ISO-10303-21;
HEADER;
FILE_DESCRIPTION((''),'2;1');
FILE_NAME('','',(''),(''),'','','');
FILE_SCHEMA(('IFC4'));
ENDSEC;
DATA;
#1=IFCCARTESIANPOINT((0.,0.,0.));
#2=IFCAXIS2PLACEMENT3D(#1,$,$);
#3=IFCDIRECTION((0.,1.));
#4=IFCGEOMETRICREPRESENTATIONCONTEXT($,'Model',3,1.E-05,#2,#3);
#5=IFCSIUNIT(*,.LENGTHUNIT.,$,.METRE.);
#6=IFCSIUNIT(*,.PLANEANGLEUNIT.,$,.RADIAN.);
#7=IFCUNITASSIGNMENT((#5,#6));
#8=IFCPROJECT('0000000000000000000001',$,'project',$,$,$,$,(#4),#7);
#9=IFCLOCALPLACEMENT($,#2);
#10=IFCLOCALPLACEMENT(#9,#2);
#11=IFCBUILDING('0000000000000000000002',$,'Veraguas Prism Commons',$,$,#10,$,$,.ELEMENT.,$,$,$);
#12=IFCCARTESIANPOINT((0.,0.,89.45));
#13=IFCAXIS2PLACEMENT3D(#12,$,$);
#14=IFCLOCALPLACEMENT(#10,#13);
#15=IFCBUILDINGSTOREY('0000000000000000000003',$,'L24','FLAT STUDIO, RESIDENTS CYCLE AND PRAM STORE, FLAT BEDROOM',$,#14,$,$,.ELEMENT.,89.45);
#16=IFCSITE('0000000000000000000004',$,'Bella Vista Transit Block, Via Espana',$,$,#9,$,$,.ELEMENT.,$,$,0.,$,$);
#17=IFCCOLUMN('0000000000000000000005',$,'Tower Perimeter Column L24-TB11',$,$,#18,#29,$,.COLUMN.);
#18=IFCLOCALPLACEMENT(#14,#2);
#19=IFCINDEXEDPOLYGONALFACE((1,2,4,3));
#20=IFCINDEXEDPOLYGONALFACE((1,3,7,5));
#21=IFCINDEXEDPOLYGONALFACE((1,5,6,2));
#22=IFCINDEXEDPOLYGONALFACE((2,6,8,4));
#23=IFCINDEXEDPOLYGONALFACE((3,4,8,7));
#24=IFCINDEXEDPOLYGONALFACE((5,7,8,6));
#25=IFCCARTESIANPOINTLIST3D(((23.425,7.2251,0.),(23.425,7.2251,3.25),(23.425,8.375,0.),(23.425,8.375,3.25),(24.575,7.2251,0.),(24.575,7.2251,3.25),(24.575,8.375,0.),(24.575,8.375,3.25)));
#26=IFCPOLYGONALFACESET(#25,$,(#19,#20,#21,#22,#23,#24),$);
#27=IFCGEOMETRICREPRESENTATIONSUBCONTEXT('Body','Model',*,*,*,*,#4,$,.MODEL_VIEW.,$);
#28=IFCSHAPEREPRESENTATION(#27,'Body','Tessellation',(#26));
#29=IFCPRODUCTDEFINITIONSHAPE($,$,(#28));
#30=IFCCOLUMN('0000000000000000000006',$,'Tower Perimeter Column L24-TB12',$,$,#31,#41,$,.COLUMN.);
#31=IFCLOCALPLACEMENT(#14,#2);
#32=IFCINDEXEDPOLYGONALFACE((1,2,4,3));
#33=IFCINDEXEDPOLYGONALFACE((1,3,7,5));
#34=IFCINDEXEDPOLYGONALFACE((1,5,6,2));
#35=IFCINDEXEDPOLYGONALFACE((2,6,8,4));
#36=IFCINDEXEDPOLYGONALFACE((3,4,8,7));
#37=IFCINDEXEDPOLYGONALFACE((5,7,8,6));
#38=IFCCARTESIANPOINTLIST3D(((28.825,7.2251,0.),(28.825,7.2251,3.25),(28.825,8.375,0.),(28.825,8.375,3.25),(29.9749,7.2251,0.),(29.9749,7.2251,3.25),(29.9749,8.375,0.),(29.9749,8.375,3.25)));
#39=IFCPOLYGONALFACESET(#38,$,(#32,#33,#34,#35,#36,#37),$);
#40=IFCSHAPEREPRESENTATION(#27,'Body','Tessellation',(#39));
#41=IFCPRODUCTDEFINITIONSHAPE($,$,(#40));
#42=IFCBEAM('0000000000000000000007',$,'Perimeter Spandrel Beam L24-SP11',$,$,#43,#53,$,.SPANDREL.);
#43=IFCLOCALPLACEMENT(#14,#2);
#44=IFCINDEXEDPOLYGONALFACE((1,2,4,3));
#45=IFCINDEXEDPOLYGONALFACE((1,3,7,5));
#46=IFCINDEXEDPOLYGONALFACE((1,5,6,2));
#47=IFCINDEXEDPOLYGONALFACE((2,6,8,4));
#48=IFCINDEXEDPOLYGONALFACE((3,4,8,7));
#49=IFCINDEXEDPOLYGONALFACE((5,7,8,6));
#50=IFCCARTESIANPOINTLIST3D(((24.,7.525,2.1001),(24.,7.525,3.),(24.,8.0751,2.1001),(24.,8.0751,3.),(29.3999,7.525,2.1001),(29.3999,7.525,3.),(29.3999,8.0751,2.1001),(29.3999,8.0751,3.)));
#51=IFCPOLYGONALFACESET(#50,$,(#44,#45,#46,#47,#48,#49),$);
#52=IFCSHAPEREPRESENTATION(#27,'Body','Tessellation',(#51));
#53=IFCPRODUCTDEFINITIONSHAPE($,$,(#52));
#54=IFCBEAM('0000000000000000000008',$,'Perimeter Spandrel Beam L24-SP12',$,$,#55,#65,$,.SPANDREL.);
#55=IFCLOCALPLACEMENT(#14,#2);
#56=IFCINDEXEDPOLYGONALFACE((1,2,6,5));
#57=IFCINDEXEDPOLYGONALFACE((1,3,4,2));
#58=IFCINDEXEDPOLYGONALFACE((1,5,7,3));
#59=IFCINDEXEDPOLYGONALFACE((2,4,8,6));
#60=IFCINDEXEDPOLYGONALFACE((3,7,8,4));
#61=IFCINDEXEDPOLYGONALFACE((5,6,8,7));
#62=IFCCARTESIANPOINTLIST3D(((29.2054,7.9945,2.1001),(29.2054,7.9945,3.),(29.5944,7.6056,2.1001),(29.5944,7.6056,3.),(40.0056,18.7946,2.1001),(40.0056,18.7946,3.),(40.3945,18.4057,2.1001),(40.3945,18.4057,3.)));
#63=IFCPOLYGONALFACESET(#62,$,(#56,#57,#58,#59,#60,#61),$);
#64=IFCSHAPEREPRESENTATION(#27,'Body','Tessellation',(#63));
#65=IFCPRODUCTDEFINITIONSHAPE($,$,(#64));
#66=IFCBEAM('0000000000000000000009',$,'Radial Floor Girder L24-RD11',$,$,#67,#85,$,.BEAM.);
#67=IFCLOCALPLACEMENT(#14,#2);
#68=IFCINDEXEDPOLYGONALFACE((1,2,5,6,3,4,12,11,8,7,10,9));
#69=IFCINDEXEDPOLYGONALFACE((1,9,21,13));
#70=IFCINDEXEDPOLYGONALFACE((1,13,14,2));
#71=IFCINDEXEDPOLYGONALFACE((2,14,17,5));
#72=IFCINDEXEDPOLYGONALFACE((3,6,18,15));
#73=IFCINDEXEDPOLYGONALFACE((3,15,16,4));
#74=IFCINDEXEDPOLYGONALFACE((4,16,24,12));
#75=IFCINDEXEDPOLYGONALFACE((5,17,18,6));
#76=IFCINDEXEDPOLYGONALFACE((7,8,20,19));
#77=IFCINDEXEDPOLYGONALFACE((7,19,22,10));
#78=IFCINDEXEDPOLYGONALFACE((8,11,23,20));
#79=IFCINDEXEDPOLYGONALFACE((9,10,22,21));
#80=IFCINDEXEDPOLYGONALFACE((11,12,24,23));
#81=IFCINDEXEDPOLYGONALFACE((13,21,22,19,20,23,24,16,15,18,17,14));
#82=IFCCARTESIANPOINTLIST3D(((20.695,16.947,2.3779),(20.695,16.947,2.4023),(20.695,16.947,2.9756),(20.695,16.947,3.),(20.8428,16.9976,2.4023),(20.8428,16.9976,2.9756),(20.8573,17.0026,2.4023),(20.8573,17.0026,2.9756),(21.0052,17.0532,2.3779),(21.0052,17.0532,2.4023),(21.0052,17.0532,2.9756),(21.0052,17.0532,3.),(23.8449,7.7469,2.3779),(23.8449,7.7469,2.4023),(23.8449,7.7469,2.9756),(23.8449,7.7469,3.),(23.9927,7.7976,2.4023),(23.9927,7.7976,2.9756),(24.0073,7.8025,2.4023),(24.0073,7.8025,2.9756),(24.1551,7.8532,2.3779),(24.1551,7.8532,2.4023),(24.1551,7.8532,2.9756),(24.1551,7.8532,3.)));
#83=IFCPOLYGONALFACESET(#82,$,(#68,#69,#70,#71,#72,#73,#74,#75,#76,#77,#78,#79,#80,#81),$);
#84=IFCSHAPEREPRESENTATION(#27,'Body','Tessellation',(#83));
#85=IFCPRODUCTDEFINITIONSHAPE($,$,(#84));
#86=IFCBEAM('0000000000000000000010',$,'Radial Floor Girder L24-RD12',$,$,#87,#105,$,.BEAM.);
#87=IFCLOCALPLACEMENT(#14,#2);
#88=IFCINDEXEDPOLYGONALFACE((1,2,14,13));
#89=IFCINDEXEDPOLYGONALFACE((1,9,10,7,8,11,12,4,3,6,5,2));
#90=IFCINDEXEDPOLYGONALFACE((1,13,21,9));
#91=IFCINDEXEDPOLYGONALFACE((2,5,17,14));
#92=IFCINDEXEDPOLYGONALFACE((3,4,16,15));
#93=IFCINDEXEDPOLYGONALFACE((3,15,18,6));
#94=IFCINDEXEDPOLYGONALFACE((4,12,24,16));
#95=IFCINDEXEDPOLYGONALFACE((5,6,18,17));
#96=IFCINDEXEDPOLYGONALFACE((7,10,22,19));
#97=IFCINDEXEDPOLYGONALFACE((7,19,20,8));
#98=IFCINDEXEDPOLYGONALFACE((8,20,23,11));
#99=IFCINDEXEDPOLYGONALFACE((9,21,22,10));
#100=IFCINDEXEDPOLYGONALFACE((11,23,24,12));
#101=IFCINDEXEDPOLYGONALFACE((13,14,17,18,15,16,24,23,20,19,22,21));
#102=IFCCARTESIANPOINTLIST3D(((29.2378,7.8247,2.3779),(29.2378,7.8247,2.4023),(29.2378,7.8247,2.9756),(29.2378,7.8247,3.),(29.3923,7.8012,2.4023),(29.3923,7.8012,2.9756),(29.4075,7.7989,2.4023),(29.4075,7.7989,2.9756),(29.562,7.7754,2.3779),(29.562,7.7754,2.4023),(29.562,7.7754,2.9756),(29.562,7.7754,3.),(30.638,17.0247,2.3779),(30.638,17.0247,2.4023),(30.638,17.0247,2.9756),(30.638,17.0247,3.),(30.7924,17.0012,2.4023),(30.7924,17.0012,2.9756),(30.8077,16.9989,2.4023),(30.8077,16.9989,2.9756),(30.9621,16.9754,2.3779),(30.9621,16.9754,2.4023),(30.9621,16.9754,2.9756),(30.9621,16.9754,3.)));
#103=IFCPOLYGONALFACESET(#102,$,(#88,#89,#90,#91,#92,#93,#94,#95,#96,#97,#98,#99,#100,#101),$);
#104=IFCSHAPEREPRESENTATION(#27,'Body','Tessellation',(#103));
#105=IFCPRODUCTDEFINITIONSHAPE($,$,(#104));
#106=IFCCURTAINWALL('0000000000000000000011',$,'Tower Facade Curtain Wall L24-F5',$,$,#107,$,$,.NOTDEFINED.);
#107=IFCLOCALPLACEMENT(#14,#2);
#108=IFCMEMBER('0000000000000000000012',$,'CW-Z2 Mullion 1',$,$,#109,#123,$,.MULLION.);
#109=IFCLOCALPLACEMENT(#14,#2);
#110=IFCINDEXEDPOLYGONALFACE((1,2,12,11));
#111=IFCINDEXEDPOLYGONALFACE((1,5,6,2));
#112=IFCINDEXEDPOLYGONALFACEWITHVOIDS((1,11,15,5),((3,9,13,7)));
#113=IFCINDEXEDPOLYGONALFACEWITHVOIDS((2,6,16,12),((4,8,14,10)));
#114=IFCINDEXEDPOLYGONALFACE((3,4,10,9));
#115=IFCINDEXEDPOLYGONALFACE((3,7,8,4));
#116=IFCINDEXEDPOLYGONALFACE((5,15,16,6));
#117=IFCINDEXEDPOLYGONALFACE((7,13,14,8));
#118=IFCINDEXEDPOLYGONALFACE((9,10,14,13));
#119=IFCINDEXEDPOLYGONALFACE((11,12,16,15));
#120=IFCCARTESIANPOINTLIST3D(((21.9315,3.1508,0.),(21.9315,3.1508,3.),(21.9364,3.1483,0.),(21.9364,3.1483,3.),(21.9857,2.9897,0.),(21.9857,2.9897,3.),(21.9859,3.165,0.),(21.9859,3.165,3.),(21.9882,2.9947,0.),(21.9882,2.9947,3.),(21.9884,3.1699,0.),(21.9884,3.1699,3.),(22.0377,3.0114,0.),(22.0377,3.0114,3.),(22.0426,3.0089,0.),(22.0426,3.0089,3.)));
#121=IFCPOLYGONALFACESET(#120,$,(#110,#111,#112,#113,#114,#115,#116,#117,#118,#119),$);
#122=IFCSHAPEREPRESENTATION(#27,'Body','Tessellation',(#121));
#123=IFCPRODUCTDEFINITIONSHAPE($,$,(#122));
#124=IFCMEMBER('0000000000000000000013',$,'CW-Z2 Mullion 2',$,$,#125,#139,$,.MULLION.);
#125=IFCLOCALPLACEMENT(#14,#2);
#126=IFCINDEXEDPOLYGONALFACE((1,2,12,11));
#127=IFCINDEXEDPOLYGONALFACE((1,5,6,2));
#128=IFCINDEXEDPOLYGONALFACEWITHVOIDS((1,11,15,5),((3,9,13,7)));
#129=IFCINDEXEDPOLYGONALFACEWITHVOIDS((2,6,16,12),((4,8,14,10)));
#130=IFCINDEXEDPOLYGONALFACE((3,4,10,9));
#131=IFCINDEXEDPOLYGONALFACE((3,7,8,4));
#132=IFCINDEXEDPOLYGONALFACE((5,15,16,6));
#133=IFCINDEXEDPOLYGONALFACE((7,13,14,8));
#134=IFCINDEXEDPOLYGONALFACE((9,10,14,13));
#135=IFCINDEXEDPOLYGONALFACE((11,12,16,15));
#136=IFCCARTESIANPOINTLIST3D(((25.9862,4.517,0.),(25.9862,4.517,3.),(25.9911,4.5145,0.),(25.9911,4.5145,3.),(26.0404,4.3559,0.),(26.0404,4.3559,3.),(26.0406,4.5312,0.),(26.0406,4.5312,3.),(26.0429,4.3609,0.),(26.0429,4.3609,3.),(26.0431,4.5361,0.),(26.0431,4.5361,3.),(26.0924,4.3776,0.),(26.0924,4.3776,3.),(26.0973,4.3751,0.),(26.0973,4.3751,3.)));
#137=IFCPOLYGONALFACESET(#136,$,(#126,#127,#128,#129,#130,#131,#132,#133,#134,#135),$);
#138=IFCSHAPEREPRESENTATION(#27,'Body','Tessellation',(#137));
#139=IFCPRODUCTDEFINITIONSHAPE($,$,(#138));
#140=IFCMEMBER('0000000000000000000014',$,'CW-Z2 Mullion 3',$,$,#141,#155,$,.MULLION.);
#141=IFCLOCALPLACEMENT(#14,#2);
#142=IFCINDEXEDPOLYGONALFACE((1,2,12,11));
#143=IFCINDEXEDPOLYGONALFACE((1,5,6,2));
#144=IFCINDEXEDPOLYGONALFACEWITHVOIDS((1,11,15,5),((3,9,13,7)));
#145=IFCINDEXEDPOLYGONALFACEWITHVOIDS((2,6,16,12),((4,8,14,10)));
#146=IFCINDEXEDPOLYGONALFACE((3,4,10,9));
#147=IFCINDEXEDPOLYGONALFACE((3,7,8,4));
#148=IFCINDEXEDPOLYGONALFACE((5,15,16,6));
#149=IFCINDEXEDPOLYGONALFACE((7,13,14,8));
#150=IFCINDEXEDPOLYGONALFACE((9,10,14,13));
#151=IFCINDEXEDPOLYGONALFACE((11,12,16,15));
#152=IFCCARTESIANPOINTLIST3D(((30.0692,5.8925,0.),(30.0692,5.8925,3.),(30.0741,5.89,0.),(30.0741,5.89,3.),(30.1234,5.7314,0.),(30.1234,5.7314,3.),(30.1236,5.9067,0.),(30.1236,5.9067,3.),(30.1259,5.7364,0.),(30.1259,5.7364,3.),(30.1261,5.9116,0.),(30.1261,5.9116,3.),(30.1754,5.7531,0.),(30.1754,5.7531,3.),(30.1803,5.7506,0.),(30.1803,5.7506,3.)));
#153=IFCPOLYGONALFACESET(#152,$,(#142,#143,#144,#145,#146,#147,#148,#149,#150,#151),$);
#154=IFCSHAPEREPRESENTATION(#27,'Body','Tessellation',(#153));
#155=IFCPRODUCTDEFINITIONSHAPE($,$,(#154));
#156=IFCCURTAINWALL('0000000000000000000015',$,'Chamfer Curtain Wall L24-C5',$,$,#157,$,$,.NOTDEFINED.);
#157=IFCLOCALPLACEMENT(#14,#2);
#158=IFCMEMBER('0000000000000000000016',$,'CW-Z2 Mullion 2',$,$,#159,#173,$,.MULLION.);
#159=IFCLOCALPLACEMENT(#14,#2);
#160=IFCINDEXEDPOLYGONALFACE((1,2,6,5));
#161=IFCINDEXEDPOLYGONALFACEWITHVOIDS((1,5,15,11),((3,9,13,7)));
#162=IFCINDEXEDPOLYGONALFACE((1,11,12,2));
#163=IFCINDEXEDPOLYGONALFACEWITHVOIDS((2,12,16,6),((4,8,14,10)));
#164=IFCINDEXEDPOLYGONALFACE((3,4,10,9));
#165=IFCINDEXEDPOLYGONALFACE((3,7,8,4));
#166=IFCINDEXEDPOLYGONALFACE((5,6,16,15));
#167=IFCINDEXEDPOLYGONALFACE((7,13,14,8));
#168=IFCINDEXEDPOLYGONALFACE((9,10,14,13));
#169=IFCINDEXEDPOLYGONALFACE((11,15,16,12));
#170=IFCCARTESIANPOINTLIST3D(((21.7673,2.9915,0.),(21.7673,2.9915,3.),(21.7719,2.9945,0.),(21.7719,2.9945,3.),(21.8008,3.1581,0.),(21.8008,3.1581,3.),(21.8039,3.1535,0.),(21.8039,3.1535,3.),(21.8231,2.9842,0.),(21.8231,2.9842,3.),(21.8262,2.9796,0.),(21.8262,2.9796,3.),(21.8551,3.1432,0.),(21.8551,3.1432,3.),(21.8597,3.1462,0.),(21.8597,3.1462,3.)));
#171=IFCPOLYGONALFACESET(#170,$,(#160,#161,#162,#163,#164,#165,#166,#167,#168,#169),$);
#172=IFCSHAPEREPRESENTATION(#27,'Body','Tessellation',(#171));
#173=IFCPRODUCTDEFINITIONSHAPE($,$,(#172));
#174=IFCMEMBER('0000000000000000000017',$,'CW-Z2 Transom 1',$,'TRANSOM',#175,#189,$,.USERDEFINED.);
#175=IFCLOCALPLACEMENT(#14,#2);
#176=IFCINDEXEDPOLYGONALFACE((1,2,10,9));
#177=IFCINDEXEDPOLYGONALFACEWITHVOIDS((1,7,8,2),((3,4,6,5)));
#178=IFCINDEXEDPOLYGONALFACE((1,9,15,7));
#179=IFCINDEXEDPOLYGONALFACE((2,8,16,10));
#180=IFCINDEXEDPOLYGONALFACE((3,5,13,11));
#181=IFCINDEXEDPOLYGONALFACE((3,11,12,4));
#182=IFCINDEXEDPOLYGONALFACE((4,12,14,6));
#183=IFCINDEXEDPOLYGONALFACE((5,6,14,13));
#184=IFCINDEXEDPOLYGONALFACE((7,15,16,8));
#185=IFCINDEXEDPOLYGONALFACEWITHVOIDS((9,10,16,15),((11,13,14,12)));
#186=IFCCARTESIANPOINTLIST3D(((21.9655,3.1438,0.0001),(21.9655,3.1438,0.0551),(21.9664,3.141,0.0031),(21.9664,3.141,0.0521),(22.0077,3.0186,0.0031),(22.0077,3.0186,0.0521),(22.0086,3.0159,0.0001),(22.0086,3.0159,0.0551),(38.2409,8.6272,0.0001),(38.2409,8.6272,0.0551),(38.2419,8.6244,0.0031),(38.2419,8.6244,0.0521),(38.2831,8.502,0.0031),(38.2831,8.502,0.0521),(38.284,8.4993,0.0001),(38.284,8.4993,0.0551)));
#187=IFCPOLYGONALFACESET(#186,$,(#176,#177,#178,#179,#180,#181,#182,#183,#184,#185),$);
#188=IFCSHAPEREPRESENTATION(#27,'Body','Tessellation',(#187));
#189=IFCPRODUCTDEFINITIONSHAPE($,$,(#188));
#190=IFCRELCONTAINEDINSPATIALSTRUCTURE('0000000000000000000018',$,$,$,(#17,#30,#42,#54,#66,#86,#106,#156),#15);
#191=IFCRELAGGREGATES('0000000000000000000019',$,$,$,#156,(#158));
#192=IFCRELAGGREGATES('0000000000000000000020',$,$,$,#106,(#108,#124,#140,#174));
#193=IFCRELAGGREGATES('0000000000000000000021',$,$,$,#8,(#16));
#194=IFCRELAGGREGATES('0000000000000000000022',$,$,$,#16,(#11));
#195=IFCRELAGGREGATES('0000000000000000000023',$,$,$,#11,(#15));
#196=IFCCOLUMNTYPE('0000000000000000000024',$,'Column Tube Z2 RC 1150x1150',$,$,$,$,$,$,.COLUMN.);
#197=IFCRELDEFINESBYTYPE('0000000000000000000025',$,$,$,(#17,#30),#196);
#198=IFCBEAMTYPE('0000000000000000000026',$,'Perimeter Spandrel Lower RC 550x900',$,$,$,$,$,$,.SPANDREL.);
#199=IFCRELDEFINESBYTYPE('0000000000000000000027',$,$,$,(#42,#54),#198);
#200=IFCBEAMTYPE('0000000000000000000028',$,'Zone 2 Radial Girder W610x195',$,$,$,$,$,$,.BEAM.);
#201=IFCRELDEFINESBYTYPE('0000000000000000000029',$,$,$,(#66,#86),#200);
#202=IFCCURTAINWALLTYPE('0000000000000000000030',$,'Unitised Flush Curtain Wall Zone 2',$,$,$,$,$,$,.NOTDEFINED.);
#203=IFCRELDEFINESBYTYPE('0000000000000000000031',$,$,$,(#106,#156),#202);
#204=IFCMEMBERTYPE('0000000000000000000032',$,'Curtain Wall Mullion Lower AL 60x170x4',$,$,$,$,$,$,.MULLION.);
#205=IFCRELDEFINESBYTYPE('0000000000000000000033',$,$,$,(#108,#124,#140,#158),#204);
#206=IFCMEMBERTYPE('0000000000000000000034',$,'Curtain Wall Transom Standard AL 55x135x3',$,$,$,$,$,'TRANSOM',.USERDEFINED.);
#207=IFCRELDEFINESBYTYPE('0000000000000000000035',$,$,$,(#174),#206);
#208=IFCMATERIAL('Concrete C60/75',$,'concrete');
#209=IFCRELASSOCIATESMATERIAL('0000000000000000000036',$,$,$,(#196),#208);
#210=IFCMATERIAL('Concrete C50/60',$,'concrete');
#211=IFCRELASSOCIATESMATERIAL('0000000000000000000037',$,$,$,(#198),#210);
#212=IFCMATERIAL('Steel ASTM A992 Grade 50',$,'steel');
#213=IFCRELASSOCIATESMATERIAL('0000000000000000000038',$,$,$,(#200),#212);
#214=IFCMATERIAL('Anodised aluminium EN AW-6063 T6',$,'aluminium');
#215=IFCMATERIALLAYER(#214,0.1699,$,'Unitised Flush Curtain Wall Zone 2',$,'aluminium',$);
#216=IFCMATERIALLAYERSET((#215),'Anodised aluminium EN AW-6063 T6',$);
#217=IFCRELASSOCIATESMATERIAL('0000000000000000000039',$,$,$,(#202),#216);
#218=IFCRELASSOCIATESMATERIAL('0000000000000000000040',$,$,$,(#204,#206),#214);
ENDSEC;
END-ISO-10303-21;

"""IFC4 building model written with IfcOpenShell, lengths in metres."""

from ifc_helpers import new_model, si_unit, direction, frame, origin, origin_2d, place, context, subcontext, project, spatial, rectangle, hollow_rectangle, i_section, extrude, source, transform, mapped, material, layer, layer_set, material_profile, profile_set, type_object, element, aggregate, save


model = new_model("IFC4")

# Units and contexts
model_context = context("Model", 3, precision=1e-05, world=origin(), true_north=direction((0.0, 1.0)))
body_context = subcontext(model_context, "Body", "Model", "MODEL_VIEW")
ifc_project = project(units=[si_unit("LENGTHUNIT", "METRE"), si_unit("PLANEANGLEUNIT", "RADIAN")], contexts=[model_context])

# Site, building, storey
site_placement = place(None, origin())
site = spatial("IfcSite", under=ifc_project, at=site_placement, Name="Bella Vista Transit Block, Via Espana", CompositionType="ELEMENT", RefElevation=0.0)
building_placement = place(site_placement, origin())
building = spatial("IfcBuilding", under=site, at=building_placement, Name="Veraguas Prism Commons", CompositionType="ELEMENT")
storey_placement = place(building_placement, frame((0.0, 0.0, 89.45)))
storey = spatial("IfcBuildingStorey", under=building, at=storey_placement, Name="L24", Description="FLAT STUDIO, RESIDENTS CYCLE AND PRAM STORE, FLAT BEDROOM", CompositionType="ELEMENT", Elevation=89.45)

# Columns
ifc_material_1 = material(Name="Concrete C60/75", Category="concrete")
ifc_material_profile_1 = material_profile(ifc_material_1, rectangle(XDim=1.1499, YDim=1.1499, at=origin_2d()), Name="RC1150X1150")
ifc_profile_set_1 = profile_set([ifc_material_profile_1], Name="Concrete C60/75")
column_type = type_object("IfcColumnType", Name="Column Tube Z2 RC 1150x1150", PredefinedType="COLUMN", material=ifc_profile_set_1)
for number, where, z_axis, x_axis, name in (
    (1, (24.0, 7.8, 0.0), (0.0, 0.0, 1.0), (1.0, 0.0, 0.0), "Tower Perimeter Column L24-TB11"),
    (2, (29.3999, 7.8, 0.0), (0.0, 0.0, 1.0), (1.0, 0.0, 0.0), "Tower Perimeter Column L24-TB12"),
):
    element("IfcColumn", number, at=place(storey_placement, frame(where, z_axis=z_axis, x_axis=x_axis)), inside=storey, type_object=column_type, Name=name, PredefinedType="COLUMN", context=body_context, shape_type="SweptSolid", body=[
        extrude(rectangle(XDim=1.1499, YDim=1.1499, at=origin_2d()), origin(), (0.0, 0.0, 1.0), 3.25),
    ])

# Beams
ifc_material_2 = material(Name="Concrete C50/60", Category="concrete")
ifc_material_profile_2 = material_profile(ifc_material_2, rectangle(XDim=0.55, YDim=0.8999, at=origin_2d()), Name="RC550X900")
ifc_profile_set_2 = profile_set([ifc_material_profile_2], Name="Concrete C50/60")
beam_type_1 = type_object("IfcBeamType", Name="Perimeter Spandrel Lower RC 550x900", PredefinedType="SPANDREL", material=ifc_profile_set_2)
beam_1_placement = place(storey_placement, frame((24.0, 7.8, 2.55), z_axis=(1.0, 0.0, 0.0), x_axis=(0.0, 1.0, 0.0)))
element("IfcBeam", 3, at=beam_1_placement, inside=storey, type_object=beam_type_1, Name="Perimeter Spandrel Beam L24-SP11", PredefinedType="SPANDREL", context=body_context, shape_type="SweptSolid", body=[
    extrude(rectangle(XDim=0.55, YDim=0.8999, at=origin_2d()), origin(), (0.0, 0.0, 1.0), 5.3999),
])
beam_2_placement = place(storey_placement, frame((29.3999, 7.8, 2.55), z_axis=(0.707107, 0.707107, 0.0), x_axis=(-0.707107, 0.707107, 0.0)))
element("IfcBeam", 4, at=beam_2_placement, inside=storey, type_object=beam_type_1, Name="Perimeter Spandrel Beam L24-SP12", PredefinedType="SPANDREL", context=body_context, shape_type="SweptSolid", body=[
    extrude(rectangle(XDim=0.55, YDim=0.8999, at=origin_2d()), origin(), (0.0, 0.0, 1.0), 15.2737),
])
ifc_material_3 = material(Name="Steel ASTM A992 Grade 50", Category="steel")
ifc_material_profile_3 = material_profile(ifc_material_3, i_section(OverallWidth=0.3279, OverallDepth=0.6221, WebThickness=0.0154, FlangeThickness=0.0244, at=origin_2d()), Name="W610X195")
ifc_profile_set_3 = profile_set([ifc_material_profile_3], Name="Steel ASTM A992 Grade 50")
beam_type_2 = type_object("IfcBeamType", Name="Zone 2 Radial Girder W610x195", PredefinedType="BEAM", material=ifc_profile_set_3)
beam_3_placement = place(storey_placement, frame((24.0, 7.8, 2.689), z_axis=(-0.323922, 0.946084, 0.0), x_axis=(-0.946084, -0.323922, 0.0)))
element("IfcBeam", 5, at=beam_3_placement, inside=storey, type_object=beam_type_2, Name="Radial Floor Girder L24-RD11", PredefinedType="BEAM", context=body_context, shape_type="SweptSolid", body=[
    extrude(i_section(OverallWidth=0.3279, OverallDepth=0.6221, WebThickness=0.0154, FlangeThickness=0.0244, at=origin_2d()), origin(), (0.0, 0.0, 1.0), 9.7244),
])
beam_4_placement = place(storey_placement, frame((29.3999, 7.8, 2.689), z_axis=(0.150458, 0.988616, 0.0), x_axis=(-0.988616, 0.150458, 0.0)))
element("IfcBeam", 6, at=beam_4_placement, inside=storey, type_object=beam_type_2, Name="Radial Floor Girder L24-RD12", PredefinedType="BEAM", context=body_context, shape_type="SweptSolid", body=[
    extrude(i_section(OverallWidth=0.3279, OverallDepth=0.6221, WebThickness=0.0154, FlangeThickness=0.0244, at=origin_2d()), origin(), (0.0, 0.0, 1.0), 9.3059),
])

# Curtain wall, members
ifc_material_4 = material(Name="Anodised aluminium EN AW-6063 T6", Category="aluminium")
ifc_layer_1 = layer(ifc_material_4, 0.1699, Name="Unitised Flush Curtain Wall Zone 2", Category="aluminium")
ifc_layer_set_1 = layer_set([ifc_layer_1], Name="Anodised aluminium EN AW-6063 T6")
curtain_wall_type = type_object("IfcCurtainWallType", Name="Unitised Flush Curtain Wall Zone 2", PredefinedType="NOTDEFINED", material=ifc_layer_set_1)
curtain_wall_1_placement = place(storey_placement, origin())
curtain_wall_1 = element("IfcCurtainWall", 7, at=curtain_wall_1_placement, inside=storey, type_object=curtain_wall_type, Name="Tower Facade Curtain Wall L24-F5", PredefinedType="NOTDEFINED")
ifc_material_profile_4 = material_profile(ifc_material_4, hollow_rectangle(XDim=0.0601, YDim=0.1699, WallThickness=0.0039, at=origin_2d()), Name="AL60X170X4")
ifc_profile_set_4 = profile_set([ifc_material_profile_4], Name="Anodised aluminium EN AW-6063 T6")
member_type_1 = type_object("IfcMemberType", Name="Curtain Wall Mullion Lower AL 60x170x4", PredefinedType="MULLION", material=ifc_profile_set_4)
shared_shape_1 = source(origin(), body_context, "Body", "SweptSolid", [
    extrude(hollow_rectangle(XDim=0.0601, YDim=0.1699, WallThickness=0.0039, at=origin_2d()), origin(), (0.0, 0.0, 1.0), 3.0),
])
member_1_placement = place(storey_placement, frame((21.9871, 3.0798, 0.0), z_axis=(0.0, 0.0, 1.0), x_axis=(0.947659, 0.319284, 0.0)))
member_1 = element("IfcMember", 8, at=member_1_placement, type_object=member_type_1, Name="CW-Z2 Mullion 1", PredefinedType="MULLION", context=body_context, shape_type="MappedRepresentation", body=[
    mapped(shared_shape_1, transform((0.0, 0.0, 0.0), scale=1.0)),
])
member_2_placement = place(storey_placement, frame((26.0417, 4.446, 0.0), z_axis=(0.0, 0.0, 1.0), x_axis=(0.947659, 0.319284, 0.0)))
member_2 = element("IfcMember", 9, at=member_2_placement, type_object=member_type_1, Name="CW-Z2 Mullion 2", PredefinedType="MULLION", context=body_context, shape_type="MappedRepresentation", body=[
    mapped(shared_shape_1, transform((0.0, 0.0, 0.0), scale=1.0)),
])
member_3_placement = place(storey_placement, frame((30.1248, 5.8215, 0.0), z_axis=(0.0, 0.0, 1.0), x_axis=(0.947659, 0.319284, 0.0)))
member_3 = element("IfcMember", 10, at=member_3_placement, type_object=member_type_1, Name="CW-Z2 Mullion 3", PredefinedType="MULLION", context=body_context, shape_type="MappedRepresentation", body=[
    mapped(shared_shape_1, transform((0.0, 0.0, 0.0), scale=1.0)),
])

# Curtain wall, member
curtain_wall_2_placement = place(storey_placement, origin())
curtain_wall_2 = element("IfcCurtainWall", 11, at=curtain_wall_2_placement, inside=storey, type_object=curtain_wall_type, Name="Chamfer Curtain Wall L24-C5", PredefinedType="NOTDEFINED")
member_4_placement = place(storey_placement, frame((21.8135, 3.0688, 0.0), z_axis=(0.0, 0.0, 1.0), x_axis=(0.98034, -0.197313, 0.0)))
member_4 = element("IfcMember", 12, at=member_4_placement, type_object=member_type_1, Name="CW-Z2 Mullion 2", PredefinedType="MULLION", context=body_context, shape_type="MappedRepresentation", body=[
    mapped(shared_shape_1, transform((0.0, 0.0, 0.0), scale=1.0)),
])
aggregate(curtain_wall_2, [member_4])

# Member
ifc_material_profile_5 = material_profile(ifc_material_4, hollow_rectangle(XDim=0.0549, YDim=0.135, WallThickness=0.0029, at=origin_2d()), Name="AL55X135X3")
ifc_profile_set_5 = profile_set([ifc_material_profile_5], Name="Anodised aluminium EN AW-6063 T6")
member_type_2 = type_object("IfcMemberType", Name="Curtain Wall Transom Standard AL 55x135x3", ElementType="TRANSOM", PredefinedType="USERDEFINED", material=ifc_profile_set_5)
shared_shape_2 = source(origin(), body_context, "Body", "SweptSolid", [
    extrude(hollow_rectangle(XDim=0.0549, YDim=0.135, WallThickness=0.0029, at=origin_2d()), origin(), (0.0, 0.0, 1.0), 17.1743),
])
member_5_placement = place(storey_placement, frame((21.9871, 3.0798, 0.0276), z_axis=(0.947661, 0.31928, 0.0), x_axis=(0.0, 0.0, 1.0)))
member_5 = element("IfcMember", 13, at=member_5_placement, type_object=member_type_2, Name="CW-Z2 Transom 1", ObjectType="TRANSOM", PredefinedType="USERDEFINED", context=body_context, shape_type="MappedRepresentation", body=[
    mapped(shared_shape_2, transform((0.0, 0.0, 0.0), scale=1.0)),
])

aggregate(curtain_wall_1, [member_1, member_2, member_3, member_5])

save(model, "model.ifc")
